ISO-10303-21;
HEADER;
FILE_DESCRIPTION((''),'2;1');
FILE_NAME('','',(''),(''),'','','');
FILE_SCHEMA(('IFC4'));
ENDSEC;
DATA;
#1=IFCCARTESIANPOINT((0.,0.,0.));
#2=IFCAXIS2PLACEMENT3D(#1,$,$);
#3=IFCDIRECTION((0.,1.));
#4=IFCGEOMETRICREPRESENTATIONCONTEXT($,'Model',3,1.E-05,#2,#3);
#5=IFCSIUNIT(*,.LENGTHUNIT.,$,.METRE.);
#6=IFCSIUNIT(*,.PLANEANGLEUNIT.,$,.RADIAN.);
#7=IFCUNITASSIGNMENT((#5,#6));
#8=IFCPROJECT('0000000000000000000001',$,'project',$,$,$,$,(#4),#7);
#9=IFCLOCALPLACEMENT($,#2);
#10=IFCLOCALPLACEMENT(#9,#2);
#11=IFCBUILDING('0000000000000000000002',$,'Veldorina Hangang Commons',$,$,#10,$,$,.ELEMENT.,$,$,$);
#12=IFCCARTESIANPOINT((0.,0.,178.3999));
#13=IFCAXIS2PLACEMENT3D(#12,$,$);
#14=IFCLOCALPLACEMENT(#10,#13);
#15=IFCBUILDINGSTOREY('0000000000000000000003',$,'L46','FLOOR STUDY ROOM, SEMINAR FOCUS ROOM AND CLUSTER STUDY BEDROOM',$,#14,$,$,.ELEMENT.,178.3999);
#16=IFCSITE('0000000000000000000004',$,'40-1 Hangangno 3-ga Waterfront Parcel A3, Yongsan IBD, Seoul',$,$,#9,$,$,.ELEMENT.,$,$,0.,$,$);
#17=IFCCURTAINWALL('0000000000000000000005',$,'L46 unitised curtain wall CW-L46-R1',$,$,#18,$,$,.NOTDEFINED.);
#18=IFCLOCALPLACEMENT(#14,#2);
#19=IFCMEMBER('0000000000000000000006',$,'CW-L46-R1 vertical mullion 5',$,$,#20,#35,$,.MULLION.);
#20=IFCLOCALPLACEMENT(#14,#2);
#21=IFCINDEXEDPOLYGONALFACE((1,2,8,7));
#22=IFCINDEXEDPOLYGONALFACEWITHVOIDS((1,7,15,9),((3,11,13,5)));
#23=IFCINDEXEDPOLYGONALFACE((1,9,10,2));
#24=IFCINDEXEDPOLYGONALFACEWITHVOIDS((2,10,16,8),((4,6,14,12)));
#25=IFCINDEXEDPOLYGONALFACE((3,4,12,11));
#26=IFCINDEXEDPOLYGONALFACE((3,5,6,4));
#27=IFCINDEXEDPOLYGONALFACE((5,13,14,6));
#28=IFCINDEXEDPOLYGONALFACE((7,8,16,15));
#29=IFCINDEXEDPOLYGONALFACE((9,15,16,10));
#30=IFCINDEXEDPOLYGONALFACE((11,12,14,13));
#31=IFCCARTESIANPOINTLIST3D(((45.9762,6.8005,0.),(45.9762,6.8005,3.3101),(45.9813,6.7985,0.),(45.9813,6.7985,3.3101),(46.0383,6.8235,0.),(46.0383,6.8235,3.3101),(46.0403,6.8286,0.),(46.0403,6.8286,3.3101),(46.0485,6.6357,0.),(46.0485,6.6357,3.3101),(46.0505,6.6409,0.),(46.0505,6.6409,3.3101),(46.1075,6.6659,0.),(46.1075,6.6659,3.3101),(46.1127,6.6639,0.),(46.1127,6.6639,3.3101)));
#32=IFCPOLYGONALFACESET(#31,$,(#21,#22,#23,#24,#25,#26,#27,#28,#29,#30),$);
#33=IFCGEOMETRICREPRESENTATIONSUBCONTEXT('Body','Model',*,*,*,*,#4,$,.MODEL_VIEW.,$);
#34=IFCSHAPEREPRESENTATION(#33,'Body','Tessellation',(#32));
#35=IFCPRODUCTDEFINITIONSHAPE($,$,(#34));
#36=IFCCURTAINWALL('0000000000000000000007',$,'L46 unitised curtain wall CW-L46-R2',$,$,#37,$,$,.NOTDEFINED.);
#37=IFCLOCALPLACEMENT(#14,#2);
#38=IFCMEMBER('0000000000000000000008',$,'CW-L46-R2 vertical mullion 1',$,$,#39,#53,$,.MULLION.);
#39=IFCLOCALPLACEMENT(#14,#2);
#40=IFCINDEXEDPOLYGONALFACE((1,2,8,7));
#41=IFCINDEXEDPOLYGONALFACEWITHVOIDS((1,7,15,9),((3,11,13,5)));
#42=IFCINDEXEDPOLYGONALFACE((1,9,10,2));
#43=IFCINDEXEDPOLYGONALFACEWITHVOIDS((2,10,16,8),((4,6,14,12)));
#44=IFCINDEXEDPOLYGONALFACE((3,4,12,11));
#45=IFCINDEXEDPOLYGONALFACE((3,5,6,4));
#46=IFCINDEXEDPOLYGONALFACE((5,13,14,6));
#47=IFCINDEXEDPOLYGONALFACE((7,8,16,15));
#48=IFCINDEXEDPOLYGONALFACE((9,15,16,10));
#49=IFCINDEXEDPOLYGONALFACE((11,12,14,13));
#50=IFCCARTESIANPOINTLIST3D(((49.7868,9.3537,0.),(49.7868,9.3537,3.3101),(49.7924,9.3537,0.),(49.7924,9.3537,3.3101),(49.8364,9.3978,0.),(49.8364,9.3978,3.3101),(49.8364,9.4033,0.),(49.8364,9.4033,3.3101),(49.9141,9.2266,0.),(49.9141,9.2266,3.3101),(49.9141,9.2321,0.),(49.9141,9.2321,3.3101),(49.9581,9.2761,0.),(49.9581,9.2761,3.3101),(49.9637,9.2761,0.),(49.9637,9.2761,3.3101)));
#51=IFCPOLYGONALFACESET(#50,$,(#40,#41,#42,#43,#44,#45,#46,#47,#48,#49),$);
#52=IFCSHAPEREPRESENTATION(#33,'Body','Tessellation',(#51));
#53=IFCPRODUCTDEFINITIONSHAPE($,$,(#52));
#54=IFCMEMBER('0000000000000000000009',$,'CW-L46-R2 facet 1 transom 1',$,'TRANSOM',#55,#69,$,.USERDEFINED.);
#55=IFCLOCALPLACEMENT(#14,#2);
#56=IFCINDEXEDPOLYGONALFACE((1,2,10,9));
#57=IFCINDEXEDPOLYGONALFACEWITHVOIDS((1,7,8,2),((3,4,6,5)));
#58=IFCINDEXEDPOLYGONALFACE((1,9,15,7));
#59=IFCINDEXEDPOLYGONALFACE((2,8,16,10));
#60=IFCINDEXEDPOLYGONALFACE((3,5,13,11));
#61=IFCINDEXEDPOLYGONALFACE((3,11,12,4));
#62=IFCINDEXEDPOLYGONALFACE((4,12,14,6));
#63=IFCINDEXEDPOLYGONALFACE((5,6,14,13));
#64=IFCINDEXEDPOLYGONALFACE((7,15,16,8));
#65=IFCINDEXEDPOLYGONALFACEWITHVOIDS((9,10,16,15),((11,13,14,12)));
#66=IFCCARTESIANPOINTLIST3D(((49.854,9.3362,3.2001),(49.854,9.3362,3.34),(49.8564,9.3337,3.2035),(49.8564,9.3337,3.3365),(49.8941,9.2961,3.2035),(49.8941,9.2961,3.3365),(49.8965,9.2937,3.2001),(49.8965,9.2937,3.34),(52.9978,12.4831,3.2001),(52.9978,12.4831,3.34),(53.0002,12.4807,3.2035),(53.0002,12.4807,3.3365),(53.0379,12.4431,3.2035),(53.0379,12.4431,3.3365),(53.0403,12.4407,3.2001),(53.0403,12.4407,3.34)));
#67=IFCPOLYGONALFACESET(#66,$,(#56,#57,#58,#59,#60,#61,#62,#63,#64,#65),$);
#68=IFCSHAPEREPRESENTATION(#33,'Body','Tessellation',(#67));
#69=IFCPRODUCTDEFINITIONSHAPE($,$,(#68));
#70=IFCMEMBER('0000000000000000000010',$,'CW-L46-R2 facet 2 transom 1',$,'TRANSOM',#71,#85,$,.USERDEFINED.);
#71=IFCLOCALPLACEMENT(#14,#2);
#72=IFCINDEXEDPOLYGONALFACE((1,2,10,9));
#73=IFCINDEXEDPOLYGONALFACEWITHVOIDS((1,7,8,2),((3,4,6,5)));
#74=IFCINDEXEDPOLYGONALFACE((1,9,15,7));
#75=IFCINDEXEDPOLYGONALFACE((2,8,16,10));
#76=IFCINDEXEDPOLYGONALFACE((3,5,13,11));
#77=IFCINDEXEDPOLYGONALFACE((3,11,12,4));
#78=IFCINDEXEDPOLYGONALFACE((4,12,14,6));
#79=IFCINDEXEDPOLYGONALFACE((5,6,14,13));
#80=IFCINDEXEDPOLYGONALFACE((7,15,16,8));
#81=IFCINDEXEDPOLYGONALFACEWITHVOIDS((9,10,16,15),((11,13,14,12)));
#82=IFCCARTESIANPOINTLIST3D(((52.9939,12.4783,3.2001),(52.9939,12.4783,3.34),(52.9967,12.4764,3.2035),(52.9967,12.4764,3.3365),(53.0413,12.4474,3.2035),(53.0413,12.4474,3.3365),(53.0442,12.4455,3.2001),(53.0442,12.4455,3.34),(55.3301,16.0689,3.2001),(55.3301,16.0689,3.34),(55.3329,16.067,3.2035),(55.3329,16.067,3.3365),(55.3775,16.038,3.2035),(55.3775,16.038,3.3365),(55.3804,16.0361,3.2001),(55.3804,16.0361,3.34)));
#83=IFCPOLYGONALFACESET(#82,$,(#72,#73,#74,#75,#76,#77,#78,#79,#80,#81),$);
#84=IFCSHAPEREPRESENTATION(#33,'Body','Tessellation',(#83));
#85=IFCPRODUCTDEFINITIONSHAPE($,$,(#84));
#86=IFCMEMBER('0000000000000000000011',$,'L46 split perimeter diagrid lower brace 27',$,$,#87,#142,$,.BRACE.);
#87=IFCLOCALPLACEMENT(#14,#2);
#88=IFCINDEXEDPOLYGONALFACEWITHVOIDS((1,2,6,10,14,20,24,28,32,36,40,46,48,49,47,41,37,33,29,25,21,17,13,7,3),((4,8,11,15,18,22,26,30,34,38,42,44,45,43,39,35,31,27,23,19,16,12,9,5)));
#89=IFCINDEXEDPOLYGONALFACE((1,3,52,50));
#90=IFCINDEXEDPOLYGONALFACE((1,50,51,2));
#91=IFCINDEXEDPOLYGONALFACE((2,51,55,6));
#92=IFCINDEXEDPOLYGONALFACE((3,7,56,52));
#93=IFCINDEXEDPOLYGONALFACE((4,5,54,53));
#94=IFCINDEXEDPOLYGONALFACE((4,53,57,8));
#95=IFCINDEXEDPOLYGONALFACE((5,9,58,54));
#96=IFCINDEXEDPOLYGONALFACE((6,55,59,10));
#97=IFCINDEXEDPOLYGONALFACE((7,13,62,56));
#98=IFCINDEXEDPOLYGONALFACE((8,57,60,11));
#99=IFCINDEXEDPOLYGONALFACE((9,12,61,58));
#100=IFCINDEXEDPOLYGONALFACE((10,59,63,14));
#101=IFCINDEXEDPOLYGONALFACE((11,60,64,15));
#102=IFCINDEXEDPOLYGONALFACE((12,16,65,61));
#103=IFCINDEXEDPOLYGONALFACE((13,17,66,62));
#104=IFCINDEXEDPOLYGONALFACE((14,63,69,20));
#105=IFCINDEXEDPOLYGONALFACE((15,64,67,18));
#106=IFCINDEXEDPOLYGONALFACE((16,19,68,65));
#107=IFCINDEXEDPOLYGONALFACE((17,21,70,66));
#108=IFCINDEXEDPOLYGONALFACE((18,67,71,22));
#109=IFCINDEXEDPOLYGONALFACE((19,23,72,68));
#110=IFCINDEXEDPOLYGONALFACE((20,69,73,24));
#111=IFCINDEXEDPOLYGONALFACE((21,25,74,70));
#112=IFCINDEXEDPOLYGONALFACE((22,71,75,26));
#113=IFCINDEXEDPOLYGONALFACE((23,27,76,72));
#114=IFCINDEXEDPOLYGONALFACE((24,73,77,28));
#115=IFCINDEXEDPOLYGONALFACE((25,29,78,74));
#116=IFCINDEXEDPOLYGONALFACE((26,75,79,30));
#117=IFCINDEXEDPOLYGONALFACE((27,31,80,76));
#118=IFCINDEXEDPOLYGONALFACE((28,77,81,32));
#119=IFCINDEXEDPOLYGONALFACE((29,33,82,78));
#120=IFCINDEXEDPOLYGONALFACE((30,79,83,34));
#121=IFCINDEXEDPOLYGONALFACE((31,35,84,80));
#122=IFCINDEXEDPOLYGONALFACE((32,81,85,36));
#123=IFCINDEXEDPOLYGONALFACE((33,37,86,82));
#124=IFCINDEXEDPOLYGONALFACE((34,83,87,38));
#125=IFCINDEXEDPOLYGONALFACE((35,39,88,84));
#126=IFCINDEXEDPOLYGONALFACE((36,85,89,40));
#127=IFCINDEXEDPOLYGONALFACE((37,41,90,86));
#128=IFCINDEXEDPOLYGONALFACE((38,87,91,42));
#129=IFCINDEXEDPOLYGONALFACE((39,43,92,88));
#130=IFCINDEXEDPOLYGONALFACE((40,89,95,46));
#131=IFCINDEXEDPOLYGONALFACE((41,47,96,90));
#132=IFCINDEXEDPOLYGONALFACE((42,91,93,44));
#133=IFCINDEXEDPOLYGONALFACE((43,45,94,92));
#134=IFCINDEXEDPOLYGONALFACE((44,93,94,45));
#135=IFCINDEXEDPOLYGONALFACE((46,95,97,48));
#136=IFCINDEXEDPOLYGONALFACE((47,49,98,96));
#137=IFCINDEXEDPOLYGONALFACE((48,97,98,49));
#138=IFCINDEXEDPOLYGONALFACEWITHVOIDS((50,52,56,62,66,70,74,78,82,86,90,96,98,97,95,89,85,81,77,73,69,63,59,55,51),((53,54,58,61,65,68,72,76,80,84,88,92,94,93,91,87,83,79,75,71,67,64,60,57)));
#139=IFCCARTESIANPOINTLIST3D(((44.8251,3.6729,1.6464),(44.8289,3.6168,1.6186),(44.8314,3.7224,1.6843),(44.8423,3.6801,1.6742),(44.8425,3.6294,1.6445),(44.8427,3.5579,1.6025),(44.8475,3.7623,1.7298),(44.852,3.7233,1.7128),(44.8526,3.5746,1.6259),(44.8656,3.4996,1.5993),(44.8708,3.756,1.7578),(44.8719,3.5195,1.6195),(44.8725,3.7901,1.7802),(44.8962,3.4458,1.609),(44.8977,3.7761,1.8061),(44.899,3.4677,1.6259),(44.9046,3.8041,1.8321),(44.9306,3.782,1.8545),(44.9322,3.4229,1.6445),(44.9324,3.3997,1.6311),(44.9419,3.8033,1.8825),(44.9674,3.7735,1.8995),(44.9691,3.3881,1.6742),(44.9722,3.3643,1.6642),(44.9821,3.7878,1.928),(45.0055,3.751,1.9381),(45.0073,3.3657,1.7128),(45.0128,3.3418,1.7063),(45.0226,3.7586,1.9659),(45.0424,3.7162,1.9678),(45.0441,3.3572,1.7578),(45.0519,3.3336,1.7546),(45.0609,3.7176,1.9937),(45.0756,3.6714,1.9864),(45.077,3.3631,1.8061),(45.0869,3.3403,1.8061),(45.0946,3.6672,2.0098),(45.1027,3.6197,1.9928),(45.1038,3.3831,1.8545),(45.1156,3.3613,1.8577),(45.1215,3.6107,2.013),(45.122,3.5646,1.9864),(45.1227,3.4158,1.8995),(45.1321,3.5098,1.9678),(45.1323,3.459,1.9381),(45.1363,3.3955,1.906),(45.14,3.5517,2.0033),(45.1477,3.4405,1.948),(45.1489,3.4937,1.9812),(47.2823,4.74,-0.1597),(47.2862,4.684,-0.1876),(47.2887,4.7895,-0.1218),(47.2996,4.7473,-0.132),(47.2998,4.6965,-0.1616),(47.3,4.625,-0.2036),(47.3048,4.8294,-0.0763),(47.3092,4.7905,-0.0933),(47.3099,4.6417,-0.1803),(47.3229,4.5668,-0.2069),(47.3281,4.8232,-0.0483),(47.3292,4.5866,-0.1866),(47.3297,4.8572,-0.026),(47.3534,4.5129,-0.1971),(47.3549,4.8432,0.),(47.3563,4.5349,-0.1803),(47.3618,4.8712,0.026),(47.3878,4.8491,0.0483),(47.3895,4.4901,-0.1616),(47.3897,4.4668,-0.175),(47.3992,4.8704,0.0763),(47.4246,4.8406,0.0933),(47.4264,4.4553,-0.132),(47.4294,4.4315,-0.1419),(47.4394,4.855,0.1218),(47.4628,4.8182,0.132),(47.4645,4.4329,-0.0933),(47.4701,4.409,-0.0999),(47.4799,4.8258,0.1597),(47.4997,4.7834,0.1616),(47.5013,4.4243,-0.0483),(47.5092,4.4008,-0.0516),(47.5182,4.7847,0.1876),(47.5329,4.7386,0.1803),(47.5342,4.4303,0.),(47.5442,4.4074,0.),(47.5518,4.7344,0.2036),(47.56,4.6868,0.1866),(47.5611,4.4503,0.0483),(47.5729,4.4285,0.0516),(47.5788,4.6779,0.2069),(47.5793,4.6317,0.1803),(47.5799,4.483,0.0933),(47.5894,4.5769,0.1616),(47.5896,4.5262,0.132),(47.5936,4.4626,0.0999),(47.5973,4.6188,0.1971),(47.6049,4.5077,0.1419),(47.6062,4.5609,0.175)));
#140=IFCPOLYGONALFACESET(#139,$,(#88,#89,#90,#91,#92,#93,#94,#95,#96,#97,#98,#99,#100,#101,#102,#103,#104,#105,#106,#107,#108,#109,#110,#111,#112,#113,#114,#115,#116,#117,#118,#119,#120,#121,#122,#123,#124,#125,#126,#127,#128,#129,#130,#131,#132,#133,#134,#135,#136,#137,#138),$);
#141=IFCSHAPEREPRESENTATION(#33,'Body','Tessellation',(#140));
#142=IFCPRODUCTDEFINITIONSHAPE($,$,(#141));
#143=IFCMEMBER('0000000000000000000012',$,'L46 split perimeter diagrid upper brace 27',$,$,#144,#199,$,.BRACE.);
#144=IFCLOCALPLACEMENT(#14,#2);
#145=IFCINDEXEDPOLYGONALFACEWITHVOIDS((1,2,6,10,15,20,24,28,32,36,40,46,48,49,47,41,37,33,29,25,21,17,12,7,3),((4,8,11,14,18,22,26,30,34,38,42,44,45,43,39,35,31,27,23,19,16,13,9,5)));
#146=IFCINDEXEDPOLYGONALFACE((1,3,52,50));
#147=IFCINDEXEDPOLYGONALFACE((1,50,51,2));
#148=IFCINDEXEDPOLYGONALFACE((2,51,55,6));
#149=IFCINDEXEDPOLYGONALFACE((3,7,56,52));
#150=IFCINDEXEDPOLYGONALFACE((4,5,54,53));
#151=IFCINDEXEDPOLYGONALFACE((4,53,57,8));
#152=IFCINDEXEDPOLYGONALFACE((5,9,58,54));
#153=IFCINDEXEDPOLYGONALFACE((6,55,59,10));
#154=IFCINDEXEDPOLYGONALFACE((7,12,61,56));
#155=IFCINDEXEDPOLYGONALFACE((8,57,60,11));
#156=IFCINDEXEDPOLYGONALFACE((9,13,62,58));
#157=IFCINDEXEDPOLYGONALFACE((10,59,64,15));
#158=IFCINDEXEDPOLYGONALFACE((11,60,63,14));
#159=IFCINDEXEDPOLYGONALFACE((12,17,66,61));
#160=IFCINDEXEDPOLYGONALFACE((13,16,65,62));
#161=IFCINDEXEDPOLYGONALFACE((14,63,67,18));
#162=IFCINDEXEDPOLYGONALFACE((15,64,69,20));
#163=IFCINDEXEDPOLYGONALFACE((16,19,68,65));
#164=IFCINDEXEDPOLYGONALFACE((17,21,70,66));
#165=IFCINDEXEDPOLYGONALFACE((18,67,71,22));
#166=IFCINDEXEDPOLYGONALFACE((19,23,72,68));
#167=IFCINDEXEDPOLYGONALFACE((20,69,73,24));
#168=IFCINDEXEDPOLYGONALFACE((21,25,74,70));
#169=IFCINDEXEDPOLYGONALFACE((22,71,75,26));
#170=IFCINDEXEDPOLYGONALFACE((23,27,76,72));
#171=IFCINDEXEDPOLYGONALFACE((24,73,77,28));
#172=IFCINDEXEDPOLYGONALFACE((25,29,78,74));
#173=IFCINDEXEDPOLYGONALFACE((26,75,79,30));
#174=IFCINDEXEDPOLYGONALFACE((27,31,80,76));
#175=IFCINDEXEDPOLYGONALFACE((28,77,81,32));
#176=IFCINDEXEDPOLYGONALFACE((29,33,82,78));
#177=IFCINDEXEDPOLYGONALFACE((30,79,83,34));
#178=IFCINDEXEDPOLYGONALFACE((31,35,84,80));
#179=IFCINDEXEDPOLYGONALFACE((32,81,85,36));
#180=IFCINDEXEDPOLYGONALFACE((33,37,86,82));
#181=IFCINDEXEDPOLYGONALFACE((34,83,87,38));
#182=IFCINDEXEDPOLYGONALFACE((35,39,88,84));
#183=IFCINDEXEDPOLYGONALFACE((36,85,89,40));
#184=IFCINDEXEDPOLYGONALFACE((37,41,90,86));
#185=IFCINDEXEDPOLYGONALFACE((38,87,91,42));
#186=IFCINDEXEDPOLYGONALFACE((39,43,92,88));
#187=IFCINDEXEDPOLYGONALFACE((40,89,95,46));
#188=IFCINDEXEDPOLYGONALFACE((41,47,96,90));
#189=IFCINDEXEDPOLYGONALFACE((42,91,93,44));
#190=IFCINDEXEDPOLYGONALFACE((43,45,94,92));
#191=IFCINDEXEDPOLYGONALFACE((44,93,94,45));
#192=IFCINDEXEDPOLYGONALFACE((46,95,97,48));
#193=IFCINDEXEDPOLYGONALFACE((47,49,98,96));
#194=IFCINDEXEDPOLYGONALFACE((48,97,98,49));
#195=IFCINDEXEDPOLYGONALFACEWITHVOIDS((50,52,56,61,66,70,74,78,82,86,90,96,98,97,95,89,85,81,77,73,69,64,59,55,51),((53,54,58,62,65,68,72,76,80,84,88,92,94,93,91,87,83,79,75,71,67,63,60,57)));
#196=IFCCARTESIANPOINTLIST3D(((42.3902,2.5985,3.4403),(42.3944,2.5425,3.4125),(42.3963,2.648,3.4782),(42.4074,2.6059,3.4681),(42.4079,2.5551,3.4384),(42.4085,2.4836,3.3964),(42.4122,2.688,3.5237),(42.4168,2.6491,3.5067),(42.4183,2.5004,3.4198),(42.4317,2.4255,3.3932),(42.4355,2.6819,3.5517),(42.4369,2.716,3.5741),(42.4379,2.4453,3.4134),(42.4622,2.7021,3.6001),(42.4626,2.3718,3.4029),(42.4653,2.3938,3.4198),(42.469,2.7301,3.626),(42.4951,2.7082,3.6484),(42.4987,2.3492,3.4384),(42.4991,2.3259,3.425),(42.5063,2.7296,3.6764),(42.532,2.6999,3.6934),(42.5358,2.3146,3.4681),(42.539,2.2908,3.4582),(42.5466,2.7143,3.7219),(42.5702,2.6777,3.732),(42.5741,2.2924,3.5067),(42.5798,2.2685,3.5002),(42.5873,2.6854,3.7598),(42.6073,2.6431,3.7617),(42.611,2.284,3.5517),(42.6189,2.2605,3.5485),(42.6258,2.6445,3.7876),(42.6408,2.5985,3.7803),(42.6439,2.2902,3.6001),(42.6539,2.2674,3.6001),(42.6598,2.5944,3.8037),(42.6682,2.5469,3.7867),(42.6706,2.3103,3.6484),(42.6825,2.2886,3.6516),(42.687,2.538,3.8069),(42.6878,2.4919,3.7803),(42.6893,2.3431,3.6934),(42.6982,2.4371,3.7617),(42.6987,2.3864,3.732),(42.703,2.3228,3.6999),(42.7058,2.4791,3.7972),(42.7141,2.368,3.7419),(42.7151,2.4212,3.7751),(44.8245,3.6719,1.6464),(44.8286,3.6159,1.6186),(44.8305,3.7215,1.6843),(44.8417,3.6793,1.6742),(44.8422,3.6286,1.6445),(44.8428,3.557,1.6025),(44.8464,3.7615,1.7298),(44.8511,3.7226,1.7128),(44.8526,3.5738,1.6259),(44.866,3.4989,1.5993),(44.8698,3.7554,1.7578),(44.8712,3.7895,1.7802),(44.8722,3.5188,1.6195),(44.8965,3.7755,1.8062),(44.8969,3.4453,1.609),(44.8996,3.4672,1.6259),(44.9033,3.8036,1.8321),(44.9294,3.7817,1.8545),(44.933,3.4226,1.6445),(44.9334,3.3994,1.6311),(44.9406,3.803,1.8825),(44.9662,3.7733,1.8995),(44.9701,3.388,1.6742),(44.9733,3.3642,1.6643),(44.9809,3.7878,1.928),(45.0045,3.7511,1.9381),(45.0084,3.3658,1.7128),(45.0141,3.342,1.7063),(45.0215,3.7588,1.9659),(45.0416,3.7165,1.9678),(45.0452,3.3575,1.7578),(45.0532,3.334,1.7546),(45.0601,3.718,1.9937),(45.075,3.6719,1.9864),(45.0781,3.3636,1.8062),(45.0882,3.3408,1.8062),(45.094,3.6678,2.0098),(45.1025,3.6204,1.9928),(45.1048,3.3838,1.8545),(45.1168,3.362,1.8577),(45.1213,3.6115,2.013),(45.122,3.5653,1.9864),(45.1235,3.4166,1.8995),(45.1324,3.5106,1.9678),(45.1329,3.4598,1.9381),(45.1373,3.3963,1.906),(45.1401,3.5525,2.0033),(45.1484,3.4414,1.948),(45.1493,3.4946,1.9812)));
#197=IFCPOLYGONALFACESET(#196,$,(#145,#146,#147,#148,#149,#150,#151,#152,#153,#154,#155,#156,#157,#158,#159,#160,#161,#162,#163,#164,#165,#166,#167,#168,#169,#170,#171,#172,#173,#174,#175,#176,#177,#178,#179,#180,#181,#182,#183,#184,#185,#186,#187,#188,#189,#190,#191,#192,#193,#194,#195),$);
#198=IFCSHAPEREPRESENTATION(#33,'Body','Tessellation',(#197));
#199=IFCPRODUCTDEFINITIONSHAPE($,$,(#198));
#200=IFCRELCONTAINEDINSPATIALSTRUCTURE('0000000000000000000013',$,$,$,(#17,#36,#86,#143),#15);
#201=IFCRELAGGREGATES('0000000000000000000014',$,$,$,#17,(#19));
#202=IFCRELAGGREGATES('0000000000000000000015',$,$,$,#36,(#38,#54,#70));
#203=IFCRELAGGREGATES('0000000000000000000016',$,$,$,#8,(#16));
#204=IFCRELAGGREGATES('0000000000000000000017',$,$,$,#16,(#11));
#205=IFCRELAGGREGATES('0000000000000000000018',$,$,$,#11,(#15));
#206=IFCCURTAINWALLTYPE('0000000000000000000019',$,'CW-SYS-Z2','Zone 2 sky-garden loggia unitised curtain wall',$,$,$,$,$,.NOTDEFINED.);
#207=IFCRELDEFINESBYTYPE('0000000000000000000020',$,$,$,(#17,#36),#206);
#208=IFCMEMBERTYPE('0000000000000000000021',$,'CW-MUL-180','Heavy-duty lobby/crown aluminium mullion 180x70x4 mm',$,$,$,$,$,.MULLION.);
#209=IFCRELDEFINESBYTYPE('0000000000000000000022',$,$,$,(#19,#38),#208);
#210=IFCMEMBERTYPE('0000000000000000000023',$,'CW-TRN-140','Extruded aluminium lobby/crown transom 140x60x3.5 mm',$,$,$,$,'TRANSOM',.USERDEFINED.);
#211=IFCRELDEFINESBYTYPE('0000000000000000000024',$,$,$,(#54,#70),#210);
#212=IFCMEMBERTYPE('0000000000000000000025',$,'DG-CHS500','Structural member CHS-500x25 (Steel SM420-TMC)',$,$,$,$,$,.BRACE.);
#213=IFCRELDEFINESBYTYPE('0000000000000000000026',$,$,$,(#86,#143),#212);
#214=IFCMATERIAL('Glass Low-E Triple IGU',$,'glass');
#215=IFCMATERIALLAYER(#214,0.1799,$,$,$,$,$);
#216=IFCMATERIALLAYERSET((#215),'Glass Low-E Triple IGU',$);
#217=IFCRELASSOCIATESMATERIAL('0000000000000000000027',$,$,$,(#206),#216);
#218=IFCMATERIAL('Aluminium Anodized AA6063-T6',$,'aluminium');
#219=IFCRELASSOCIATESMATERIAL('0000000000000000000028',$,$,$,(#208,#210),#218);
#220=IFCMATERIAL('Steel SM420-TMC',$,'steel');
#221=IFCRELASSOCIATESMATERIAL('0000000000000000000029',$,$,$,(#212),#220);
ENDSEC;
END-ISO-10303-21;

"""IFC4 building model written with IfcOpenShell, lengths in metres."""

from ifc_helpers import new_model, si_unit, direction, frame, origin, origin_2d, place, context, subcontext, project, spatial, hollow_rectangle, hollow_circle, extrude, material, layer, layer_set, material_profile, profile_set, type_object, element, aggregate, save


model = new_model("IFC4")

# Units and contexts
model_context = context("Model", 3, precision=1e-05, world=origin(), true_north=direction((0.0, 1.0)))
body_context = subcontext(model_context, "Body", "Model", "MODEL_VIEW")
ifc_project = project(units=[si_unit("LENGTHUNIT", "METRE"), si_unit("PLANEANGLEUNIT", "RADIAN")], contexts=[model_context])

# Site, building, storey
site_placement = place(None, origin())
site = spatial("IfcSite", under=ifc_project, at=site_placement, Name="40-1 Hangangno 3-ga Waterfront Parcel A3, Yongsan IBD, Seoul", CompositionType="ELEMENT", RefElevation=0.0)
building_placement = place(site_placement, origin())
building = spatial("IfcBuilding", under=site, at=building_placement, Name="Veldorina Hangang Commons", CompositionType="ELEMENT")
storey_placement = place(building_placement, frame((0.0, 0.0, 178.3999)))
storey = spatial("IfcBuildingStorey", under=building, at=storey_placement, Name="L46", Description="FLOOR STUDY ROOM, SEMINAR FOCUS ROOM AND CLUSTER STUDY BEDROOM", CompositionType="ELEMENT", Elevation=178.3999)

# Shared definitions
ifc_material_1 = material(Name="Steel SM420-TMC", Category="steel")

# Curtain wall, member
ifc_material_2 = material(Name="Glass Low-E Triple IGU", Category="glass")
ifc_layer_1 = layer(ifc_material_2, 0.1799)
ifc_layer_set_1 = layer_set([ifc_layer_1], Name="Glass Low-E Triple IGU")
curtain_wall_type = type_object("IfcCurtainWallType", Name="CW-SYS-Z2", Description="Zone 2 sky-garden loggia unitised curtain wall", PredefinedType="NOTDEFINED", material=ifc_layer_set_1)
curtain_wall_1_placement = place(storey_placement, origin())
curtain_wall_1 = element("IfcCurtainWall", 1, at=curtain_wall_1_placement, inside=storey, type_object=curtain_wall_type, Name="L46 unitised curtain wall CW-L46-R1", PredefinedType="NOTDEFINED")
ifc_material_3 = material(Name="Aluminium Anodized AA6063-T6", Category="aluminium")
ifc_material_profile_1 = material_profile(ifc_material_3, hollow_rectangle(XDim=0.0701, YDim=0.1799, WallThickness=0.0039, at=origin_2d()), Name="ALU-RHS-180x70x4")
ifc_profile_set_1 = profile_set([ifc_material_profile_1], Name="Aluminium Anodized AA6063-T6")
member_type_1 = type_object("IfcMemberType", Name="CW-MUL-180", Description="Heavy-duty lobby/crown aluminium mullion 180x70x4 mm", PredefinedType="MULLION", material=ifc_profile_set_1)
member_1_placement = place(storey_placement, frame((46.0444, 6.7322, 0.0), z_axis=(0.0, 0.0, 1.0), x_axis=(-0.91562, -0.402044, 0.0)))
member_1 = element("IfcMember", 2, at=member_1_placement, type_object=member_type_1, Name="CW-L46-R1 vertical mullion 5", PredefinedType="MULLION", context=body_context, shape_type="SweptSolid", body=[
    extrude(hollow_rectangle(XDim=0.0701, YDim=0.1799, WallThickness=0.0039, at=origin_2d()), origin(), (0.0, 0.0, 1.0), 3.3101),
])
aggregate(curtain_wall_1, [member_1])

# Curtain wall, members
curtain_wall_2_placement = place(storey_placement, origin())
curtain_wall_2 = element("IfcCurtainWall", 3, at=curtain_wall_2_placement, inside=storey, type_object=curtain_wall_type, Name="L46 unitised curtain wall CW-L46-R2", PredefinedType="NOTDEFINED")
member_2_placement = place(storey_placement, frame((49.8752, 9.3149, 0.0), z_axis=(0.0, 0.0, 1.0), x_axis=(0.706736, 0.707477, 0.0)))
member_2 = element("IfcMember", 4, at=member_2_placement, type_object=member_type_1, Name="CW-L46-R2 vertical mullion 1", PredefinedType="MULLION", context=body_context, shape_type="SweptSolid", body=[
    extrude(hollow_rectangle(XDim=0.0701, YDim=0.1799, WallThickness=0.0039, at=origin_2d()), origin(), (0.0, 0.0, 1.0), 3.3101),
])
ifc_material_profile_2 = material_profile(ifc_material_3, hollow_rectangle(XDim=0.0601, YDim=0.1399, WallThickness=0.0034, at=origin_2d()), Name="ALU-RHS-140x60x3.5")
ifc_profile_set_2 = profile_set([ifc_material_profile_2], Name="Aluminium Anodized AA6063-T6")
member_type_2 = type_object("IfcMemberType", Name="CW-TRN-140", Description="Extruded aluminium lobby/crown transom 140x60x3.5 mm", ElementType="TRANSOM", PredefinedType="USERDEFINED", material=ifc_profile_set_2)
member_3_placement = place(storey_placement, frame((49.8752, 9.3149, 3.27), z_axis=(0.70675, 0.707463, 0.0), x_axis=(-0.707463, 0.70675, 0.0)))
member_3 = element("IfcMember", 5, at=member_3_placement, type_object=member_type_2, Name="CW-L46-R2 facet 1 transom 1", ObjectType="TRANSOM", PredefinedType="USERDEFINED", context=body_context, shape_type="SweptSolid", body=[
    extrude(hollow_rectangle(XDim=0.0601, YDim=0.1399, WallThickness=0.0034, at=origin_2d()), origin(), (0.0, 0.0, 1.0), 4.4482),
])
member_4_placement = place(storey_placement, frame((53.019, 12.4619, 3.27), z_axis=(0.545367, 0.838197, 0.0), x_axis=(-0.838197, 0.545367, 0.0)))
member_4 = element("IfcMember", 6, at=member_4_placement, type_object=member_type_2, Name="CW-L46-R2 facet 2 transom 1", ObjectType="TRANSOM", PredefinedType="USERDEFINED", context=body_context, shape_type="SweptSolid", body=[
    extrude(hollow_rectangle(XDim=0.0601, YDim=0.1399, WallThickness=0.0034, at=origin_2d()), origin(), (0.0, 0.0, 1.0), 4.2837),
])

# Members
ifc_material_profile_3 = material_profile(ifc_material_1, hollow_circle(Radius=0.25, WallThickness=0.0249, at=origin_2d()), Name="CHS-500x25")
ifc_profile_set_3 = profile_set([ifc_material_profile_3], Name="Steel SM420-TMC")
member_type_3 = type_object("IfcMemberType", Name="DG-CHS500", Description="Structural member CHS-500x25 (Steel SM420-TMC)", PredefinedType="BRACE", material=ifc_profile_set_3)
member_5_placement = place(storey_placement, frame((47.4446, 4.6367, 0.0), z_axis=(-0.760538, -0.330284, 0.559012), x_axis=(0.398336, -0.917239, 0.0)))
element("IfcMember", 7, at=member_5_placement, inside=storey, type_object=member_type_3, Name="L46 split perimeter diagrid lower brace 27", PredefinedType="BRACE", context=body_context, shape_type="SweptSolid", body=[
    extrude(hollow_circle(Radius=0.25, WallThickness=0.0249, at=origin_2d()), origin(), (0.0, 0.0, 1.0), 3.231),
])
member_6_placement = place(storey_placement, frame((44.9873, 3.5696, 1.8062), z_axis=(-0.758635, -0.334542, 0.559066), x_axis=(0.403489, -0.914985, 0.0)))
element("IfcMember", 8, at=member_6_placement, inside=storey, type_object=member_type_3, Name="L46 split perimeter diagrid upper brace 27", PredefinedType="BRACE", context=body_context, shape_type="SweptSolid", body=[
    extrude(hollow_circle(Radius=0.25, WallThickness=0.0249, at=origin_2d()), origin(), (0.0, 0.0, 1.0), 3.2087),
])

aggregate(curtain_wall_2, [member_2, member_3, member_4])

save(model, "model.ifc")
